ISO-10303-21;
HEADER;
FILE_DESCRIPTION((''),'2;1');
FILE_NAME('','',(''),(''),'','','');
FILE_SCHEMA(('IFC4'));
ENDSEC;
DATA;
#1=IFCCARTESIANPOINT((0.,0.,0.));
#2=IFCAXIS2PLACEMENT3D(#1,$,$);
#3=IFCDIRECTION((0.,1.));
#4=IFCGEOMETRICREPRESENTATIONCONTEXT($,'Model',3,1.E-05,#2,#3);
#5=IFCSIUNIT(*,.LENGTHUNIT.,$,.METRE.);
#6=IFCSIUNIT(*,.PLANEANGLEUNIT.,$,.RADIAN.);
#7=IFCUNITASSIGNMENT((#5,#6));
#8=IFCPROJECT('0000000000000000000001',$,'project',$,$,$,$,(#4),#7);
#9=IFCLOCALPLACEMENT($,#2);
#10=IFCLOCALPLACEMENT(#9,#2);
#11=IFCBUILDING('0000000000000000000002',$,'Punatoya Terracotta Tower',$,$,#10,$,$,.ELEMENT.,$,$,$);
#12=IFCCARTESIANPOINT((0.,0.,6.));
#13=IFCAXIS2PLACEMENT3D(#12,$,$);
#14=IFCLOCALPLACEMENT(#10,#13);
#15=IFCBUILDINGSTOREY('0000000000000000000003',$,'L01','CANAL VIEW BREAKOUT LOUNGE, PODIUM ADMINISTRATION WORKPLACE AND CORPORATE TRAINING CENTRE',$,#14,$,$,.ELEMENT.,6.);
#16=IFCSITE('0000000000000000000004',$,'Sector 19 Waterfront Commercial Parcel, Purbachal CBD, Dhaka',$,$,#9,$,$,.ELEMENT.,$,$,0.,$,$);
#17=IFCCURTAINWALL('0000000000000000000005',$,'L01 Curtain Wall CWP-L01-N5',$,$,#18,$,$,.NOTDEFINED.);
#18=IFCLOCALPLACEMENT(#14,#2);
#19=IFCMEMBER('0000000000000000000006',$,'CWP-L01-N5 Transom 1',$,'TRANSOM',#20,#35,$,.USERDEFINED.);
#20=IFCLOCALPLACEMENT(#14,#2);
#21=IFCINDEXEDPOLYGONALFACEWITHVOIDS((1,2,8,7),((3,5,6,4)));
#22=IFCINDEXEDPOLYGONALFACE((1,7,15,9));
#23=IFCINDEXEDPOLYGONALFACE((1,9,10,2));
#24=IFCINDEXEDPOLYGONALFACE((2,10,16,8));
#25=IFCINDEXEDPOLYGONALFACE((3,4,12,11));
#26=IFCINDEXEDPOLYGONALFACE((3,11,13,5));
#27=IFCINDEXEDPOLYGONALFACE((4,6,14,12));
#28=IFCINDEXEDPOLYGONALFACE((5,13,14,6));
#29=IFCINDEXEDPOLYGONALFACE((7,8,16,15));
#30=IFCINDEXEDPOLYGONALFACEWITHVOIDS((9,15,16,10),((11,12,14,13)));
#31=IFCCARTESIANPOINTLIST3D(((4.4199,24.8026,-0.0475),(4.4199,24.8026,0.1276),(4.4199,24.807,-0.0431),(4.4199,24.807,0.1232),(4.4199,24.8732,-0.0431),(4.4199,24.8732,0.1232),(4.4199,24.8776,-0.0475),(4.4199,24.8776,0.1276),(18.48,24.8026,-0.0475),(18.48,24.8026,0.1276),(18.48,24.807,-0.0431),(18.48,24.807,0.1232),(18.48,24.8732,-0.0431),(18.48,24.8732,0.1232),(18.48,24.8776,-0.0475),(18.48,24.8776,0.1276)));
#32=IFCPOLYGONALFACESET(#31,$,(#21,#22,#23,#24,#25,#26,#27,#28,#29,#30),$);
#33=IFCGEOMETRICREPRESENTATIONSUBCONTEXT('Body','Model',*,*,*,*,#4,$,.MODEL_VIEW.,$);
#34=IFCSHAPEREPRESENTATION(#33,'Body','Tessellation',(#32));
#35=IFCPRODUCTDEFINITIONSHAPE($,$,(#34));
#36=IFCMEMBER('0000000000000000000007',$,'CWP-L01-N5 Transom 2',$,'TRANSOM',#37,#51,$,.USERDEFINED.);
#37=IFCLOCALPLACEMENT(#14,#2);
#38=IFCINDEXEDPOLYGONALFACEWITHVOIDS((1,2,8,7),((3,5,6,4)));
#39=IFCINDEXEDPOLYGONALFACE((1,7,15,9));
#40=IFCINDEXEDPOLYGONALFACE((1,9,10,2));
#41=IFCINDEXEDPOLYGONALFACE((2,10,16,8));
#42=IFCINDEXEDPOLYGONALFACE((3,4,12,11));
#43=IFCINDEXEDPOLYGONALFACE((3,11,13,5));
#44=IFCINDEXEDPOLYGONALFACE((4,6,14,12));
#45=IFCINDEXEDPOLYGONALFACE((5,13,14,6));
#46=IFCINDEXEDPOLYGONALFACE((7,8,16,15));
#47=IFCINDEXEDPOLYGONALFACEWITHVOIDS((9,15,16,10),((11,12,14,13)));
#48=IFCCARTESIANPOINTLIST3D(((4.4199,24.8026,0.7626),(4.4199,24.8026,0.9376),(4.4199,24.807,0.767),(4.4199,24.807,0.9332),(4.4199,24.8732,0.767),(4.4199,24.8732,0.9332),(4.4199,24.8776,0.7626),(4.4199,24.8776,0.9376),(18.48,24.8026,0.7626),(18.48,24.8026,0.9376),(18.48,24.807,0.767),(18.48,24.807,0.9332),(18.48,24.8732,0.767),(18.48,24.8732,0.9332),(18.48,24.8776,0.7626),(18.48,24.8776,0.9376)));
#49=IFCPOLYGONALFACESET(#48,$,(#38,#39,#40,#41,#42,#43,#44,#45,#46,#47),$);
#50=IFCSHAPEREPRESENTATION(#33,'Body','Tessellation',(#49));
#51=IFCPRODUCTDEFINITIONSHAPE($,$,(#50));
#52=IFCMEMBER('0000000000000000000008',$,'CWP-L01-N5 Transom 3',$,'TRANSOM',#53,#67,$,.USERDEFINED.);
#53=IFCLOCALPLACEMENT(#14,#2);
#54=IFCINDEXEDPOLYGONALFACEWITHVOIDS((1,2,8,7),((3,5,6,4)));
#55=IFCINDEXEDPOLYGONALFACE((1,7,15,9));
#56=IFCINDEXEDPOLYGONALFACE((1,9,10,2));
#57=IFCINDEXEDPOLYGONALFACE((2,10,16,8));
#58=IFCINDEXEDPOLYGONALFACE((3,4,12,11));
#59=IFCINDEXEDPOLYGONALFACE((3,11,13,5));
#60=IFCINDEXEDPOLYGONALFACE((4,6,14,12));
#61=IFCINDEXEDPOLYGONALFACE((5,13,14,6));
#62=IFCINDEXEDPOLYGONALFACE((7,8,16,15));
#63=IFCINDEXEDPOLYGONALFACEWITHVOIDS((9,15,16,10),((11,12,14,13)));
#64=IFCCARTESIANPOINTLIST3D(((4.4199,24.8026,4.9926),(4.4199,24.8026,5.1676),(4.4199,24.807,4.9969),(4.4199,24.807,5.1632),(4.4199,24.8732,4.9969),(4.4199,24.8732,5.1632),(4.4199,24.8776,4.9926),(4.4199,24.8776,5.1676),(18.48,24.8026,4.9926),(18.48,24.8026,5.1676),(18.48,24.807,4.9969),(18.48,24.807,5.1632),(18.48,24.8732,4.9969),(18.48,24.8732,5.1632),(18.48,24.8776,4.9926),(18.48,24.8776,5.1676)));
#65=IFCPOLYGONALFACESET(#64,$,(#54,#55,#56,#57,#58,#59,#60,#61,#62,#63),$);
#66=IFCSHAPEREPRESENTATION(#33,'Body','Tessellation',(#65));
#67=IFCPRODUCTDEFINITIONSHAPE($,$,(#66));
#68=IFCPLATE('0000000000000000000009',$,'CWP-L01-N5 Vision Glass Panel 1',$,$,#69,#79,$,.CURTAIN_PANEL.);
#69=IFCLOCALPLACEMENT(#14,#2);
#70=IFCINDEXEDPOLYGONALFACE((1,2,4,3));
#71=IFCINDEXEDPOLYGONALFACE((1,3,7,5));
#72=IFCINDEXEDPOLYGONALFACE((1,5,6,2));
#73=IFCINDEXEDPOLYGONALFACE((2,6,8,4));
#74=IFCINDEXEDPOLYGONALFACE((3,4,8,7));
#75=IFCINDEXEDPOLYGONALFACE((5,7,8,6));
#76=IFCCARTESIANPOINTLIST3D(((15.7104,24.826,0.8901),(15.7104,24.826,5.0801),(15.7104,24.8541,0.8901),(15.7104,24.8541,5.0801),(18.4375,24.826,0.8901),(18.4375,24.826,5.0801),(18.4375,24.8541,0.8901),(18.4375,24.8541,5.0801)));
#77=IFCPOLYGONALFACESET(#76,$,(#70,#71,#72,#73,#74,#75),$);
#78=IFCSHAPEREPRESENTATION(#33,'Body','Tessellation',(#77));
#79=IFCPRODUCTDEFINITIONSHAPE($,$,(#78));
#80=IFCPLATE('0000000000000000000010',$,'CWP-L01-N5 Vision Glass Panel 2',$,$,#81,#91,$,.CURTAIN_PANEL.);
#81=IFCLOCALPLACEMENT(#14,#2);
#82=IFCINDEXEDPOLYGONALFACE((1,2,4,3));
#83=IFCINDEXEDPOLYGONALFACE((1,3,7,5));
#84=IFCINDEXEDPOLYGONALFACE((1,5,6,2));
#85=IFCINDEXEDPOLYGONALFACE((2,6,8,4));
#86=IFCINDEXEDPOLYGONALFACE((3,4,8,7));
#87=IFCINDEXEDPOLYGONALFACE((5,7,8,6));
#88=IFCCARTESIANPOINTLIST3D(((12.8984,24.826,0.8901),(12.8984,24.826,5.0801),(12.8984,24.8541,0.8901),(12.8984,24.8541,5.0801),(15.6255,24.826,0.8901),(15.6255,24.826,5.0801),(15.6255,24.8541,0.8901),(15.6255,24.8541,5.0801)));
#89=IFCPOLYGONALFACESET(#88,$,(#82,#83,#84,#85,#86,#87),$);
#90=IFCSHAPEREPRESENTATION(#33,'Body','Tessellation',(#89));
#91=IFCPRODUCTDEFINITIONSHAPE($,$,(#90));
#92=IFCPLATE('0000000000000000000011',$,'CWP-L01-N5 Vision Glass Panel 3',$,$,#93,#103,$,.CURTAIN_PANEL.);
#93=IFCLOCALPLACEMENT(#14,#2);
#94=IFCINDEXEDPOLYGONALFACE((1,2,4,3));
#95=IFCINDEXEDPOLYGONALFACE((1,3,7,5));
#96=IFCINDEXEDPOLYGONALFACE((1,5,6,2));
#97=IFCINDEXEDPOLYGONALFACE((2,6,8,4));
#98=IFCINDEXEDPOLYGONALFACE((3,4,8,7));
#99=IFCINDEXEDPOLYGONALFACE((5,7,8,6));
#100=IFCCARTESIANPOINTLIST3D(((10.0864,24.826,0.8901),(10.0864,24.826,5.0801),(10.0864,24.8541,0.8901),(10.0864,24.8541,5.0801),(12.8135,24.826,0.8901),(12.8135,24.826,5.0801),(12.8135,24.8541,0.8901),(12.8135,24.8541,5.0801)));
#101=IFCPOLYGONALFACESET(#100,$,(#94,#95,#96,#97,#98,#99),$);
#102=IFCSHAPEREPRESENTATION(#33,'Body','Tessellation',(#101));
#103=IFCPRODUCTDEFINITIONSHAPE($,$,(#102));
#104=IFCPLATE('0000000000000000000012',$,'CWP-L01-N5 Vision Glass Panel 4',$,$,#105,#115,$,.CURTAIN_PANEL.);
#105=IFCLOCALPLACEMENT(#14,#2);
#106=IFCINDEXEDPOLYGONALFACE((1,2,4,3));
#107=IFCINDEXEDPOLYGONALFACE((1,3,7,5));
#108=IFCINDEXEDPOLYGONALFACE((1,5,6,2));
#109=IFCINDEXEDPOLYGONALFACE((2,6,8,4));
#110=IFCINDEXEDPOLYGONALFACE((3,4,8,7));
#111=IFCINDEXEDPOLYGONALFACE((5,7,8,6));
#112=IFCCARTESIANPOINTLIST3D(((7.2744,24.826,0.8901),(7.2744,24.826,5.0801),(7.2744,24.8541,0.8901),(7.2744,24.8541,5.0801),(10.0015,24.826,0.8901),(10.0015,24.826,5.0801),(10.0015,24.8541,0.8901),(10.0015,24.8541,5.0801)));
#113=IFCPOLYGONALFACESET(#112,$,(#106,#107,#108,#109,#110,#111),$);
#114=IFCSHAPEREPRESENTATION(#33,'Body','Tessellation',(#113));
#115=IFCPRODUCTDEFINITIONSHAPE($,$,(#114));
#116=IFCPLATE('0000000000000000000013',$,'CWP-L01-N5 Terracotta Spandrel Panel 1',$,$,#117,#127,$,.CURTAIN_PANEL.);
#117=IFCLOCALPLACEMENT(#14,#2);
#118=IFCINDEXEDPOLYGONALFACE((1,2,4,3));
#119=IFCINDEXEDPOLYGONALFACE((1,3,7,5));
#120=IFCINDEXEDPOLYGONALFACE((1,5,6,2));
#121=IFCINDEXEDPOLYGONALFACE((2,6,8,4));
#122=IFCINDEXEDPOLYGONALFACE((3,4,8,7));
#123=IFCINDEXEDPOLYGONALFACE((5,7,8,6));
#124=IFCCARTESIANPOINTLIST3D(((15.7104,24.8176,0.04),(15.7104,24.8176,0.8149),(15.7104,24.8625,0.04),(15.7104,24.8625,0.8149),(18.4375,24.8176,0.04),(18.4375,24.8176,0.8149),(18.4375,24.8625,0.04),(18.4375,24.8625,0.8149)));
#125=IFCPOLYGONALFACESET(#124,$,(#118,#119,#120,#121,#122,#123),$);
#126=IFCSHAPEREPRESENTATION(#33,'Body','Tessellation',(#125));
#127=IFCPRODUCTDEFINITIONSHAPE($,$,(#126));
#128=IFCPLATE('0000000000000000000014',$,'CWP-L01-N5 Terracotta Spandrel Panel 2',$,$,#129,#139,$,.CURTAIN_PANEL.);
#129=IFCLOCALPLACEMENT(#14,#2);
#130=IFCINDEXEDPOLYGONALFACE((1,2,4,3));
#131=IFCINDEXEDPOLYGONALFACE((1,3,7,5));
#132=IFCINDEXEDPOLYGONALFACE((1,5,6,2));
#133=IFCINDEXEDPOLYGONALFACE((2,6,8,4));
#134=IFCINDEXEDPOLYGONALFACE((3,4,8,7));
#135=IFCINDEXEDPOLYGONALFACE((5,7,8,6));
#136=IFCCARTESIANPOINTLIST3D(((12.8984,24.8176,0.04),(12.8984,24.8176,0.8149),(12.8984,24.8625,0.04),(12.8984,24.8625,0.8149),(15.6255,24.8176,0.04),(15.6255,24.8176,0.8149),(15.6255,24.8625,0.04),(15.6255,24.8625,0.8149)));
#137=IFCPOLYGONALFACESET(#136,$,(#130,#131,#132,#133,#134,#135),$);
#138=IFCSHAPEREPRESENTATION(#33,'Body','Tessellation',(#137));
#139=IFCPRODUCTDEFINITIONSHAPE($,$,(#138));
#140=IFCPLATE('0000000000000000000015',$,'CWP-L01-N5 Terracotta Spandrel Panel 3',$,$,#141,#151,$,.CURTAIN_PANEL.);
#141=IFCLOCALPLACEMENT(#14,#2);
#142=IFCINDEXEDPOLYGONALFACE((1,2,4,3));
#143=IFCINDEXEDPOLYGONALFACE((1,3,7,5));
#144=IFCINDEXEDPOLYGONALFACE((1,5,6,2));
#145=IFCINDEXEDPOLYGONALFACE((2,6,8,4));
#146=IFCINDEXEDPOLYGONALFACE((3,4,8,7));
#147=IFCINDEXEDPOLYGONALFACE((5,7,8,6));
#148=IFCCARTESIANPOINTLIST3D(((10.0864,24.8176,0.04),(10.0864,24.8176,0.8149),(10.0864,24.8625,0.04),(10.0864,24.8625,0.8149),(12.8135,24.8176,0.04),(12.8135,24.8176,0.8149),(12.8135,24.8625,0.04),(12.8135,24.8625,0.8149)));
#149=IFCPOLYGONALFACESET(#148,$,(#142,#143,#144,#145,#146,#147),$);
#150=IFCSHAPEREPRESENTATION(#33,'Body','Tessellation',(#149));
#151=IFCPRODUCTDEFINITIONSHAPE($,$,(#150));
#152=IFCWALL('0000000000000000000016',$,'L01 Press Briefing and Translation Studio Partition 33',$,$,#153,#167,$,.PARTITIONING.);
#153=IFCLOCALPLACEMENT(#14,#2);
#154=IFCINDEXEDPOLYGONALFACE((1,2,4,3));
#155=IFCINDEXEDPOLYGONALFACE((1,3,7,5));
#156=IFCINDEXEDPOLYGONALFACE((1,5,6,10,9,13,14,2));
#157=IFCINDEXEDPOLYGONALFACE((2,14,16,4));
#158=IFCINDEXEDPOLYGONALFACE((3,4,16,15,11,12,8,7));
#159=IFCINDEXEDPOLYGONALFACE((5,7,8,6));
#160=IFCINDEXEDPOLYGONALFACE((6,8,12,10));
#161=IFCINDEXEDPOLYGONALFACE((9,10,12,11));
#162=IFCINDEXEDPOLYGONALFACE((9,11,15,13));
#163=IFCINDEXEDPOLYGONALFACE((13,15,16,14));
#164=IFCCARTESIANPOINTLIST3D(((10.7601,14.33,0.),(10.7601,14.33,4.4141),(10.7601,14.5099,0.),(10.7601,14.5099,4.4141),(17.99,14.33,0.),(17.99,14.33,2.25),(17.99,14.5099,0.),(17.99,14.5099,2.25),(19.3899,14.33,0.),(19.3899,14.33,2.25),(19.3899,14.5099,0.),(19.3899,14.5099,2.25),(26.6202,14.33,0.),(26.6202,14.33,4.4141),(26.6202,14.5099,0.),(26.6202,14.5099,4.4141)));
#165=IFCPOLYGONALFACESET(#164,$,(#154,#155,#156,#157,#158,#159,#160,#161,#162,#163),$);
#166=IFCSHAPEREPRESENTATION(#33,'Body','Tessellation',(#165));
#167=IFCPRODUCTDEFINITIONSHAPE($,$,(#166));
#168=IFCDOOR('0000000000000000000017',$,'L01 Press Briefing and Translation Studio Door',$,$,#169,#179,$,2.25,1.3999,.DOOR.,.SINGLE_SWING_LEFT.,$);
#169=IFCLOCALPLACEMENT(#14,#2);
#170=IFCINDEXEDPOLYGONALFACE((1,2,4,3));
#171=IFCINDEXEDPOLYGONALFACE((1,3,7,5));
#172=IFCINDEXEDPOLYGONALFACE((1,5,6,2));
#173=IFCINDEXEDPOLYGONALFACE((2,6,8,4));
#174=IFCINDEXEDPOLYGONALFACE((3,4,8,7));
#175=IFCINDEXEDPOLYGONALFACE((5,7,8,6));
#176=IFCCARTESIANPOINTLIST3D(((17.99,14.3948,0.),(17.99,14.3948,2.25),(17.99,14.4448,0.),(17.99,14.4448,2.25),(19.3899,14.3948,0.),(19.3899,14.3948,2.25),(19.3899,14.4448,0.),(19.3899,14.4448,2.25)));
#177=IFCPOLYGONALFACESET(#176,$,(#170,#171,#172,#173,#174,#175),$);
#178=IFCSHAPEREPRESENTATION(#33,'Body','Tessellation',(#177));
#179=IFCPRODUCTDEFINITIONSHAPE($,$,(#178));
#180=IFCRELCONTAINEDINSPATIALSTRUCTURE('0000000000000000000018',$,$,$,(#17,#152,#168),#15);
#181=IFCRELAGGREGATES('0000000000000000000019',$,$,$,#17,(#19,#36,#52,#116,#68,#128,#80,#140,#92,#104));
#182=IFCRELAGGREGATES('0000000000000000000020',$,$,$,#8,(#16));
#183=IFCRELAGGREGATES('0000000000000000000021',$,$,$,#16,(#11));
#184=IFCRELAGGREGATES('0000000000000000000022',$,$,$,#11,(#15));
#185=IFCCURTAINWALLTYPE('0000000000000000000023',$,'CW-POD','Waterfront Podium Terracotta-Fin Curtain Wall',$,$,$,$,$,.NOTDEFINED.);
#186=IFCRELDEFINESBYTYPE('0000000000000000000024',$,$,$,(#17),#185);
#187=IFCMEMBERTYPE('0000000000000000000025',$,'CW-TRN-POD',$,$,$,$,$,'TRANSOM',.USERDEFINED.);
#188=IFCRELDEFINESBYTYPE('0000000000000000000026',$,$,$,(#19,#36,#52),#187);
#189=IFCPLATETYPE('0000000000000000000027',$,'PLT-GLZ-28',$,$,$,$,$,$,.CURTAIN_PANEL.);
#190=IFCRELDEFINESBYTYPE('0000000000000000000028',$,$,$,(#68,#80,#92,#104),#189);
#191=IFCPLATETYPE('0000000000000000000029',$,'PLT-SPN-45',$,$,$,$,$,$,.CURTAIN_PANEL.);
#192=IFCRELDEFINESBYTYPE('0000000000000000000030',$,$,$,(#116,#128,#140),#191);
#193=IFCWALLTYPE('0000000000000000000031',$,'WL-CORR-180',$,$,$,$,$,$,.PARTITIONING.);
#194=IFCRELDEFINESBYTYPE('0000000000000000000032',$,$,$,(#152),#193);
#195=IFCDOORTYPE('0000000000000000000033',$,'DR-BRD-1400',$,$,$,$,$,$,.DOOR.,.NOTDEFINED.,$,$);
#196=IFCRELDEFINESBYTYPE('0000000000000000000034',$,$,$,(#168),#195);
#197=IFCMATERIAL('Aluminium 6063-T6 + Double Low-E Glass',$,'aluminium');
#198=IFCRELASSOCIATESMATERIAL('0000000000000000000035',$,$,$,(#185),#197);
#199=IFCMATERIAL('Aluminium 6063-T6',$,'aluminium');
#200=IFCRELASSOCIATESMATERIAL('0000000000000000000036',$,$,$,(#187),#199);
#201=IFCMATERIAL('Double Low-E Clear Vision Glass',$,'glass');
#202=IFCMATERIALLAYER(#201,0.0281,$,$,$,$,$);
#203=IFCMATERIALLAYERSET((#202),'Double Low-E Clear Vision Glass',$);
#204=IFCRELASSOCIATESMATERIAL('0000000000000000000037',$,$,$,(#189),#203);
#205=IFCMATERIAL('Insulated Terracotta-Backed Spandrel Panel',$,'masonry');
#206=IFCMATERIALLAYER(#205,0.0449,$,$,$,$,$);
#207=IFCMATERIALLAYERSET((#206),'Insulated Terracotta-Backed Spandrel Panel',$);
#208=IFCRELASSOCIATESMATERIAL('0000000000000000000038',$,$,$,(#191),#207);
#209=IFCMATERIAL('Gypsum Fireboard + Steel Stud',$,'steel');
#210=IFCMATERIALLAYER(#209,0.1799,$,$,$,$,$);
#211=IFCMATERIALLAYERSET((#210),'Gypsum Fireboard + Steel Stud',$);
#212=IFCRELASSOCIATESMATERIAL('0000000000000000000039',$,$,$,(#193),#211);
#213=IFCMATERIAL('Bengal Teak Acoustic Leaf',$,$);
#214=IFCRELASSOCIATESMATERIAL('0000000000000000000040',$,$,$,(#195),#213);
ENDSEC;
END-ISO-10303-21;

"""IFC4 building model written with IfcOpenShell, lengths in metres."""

from ifc_helpers import new_model, si_unit, direction, frame, frame_2d, origin, origin_2d, place, context, subcontext, project, spatial, rectangle, hollow_rectangle, extrude, material, layer, layer_set, material_profile, profile_set, type_object, element, fill, aggregate, save


model = new_model("IFC4")

# Units and contexts
model_context = context("Model", 3, precision=1e-05, world=origin(), true_north=direction((0.0, 1.0)))
body_context = subcontext(model_context, "Body", "Model", "MODEL_VIEW")
ifc_project = project(units=[si_unit("LENGTHUNIT", "METRE"), si_unit("PLANEANGLEUNIT", "RADIAN")], contexts=[model_context])

# Site, building, storey
site_placement = place(None, origin())
site = spatial("IfcSite", under=ifc_project, at=site_placement, Name="Sector 19 Waterfront Commercial Parcel, Purbachal CBD, Dhaka", CompositionType="ELEMENT", RefElevation=0.0)
building_placement = place(site_placement, origin())
building = spatial("IfcBuilding", under=site, at=building_placement, Name="Punatoya Terracotta Tower", CompositionType="ELEMENT")
storey_placement = place(building_placement, frame((0.0, 0.0, 6.0)))
storey = spatial("IfcBuildingStorey", under=building, at=storey_placement, Name="L01", Description="CANAL VIEW BREAKOUT LOUNGE, PODIUM ADMINISTRATION WORKPLACE AND CORPORATE TRAINING CENTRE", CompositionType="ELEMENT", Elevation=6.0)

# Curtain wall, members, plates
ifc_material_1 = material(Name="Aluminium 6063-T6 + Double Low-E Glass", Category="aluminium")
curtain_wall_type = type_object("IfcCurtainWallType", Name="CW-POD", Description="Waterfront Podium Terracotta-Fin Curtain Wall", PredefinedType="NOTDEFINED", material=ifc_material_1)
curtain_wall_placement = place(storey_placement, origin())
curtain_wall = element("IfcCurtainWall", 1, at=curtain_wall_placement, inside=storey, type_object=curtain_wall_type, Name="L01 Curtain Wall CWP-L01-N5", PredefinedType="NOTDEFINED")
ifc_material_2 = material(Name="Aluminium 6063-T6", Category="aluminium")
ifc_material_profile_1 = material_profile(ifc_material_2, hollow_rectangle(XDim=0.075, YDim=0.175, WallThickness=0.0044, at=origin_2d()))
ifc_profile_set_1 = profile_set([ifc_material_profile_1], Name="Aluminium 6063-T6")
member_type_1 = type_object("IfcMemberType", Name="CW-TRN-POD", ElementType="TRANSOM", PredefinedType="USERDEFINED", material=ifc_profile_set_1)
member_1_placement = place(storey_placement, frame((18.48, 24.8401, 0.04), z_axis=(-1.0, 0.0, 0.0), x_axis=(0.0, -1.0, 0.0)))
member_1 = element("IfcMember", 2, at=member_1_placement, type_object=member_type_1, Name="CWP-L01-N5 Transom 1", ObjectType="TRANSOM", PredefinedType="USERDEFINED", context=body_context, shape_type="SweptSolid", body=[
    extrude(hollow_rectangle(XDim=0.075, YDim=0.175, WallThickness=0.0044, at=origin_2d()), origin(), (0.0, 0.0, 1.0), 14.0601),
])
member_2_placement = place(storey_placement, frame((18.48, 24.8401, 0.8501), z_axis=(-1.0, 0.0, 0.0), x_axis=(0.0, -1.0, 0.0)))
member_2 = element("IfcMember", 3, at=member_2_placement, type_object=member_type_1, Name="CWP-L01-N5 Transom 2", ObjectType="TRANSOM", PredefinedType="USERDEFINED", context=body_context, shape_type="SweptSolid", body=[
    extrude(hollow_rectangle(XDim=0.075, YDim=0.175, WallThickness=0.0044, at=origin_2d()), origin(), (0.0, 0.0, 1.0), 14.0601),
])
member_3_placement = place(storey_placement, frame((18.48, 24.8401, 5.0801), z_axis=(-1.0, 0.0, 0.0), x_axis=(0.0, -1.0, 0.0)))
member_3 = element("IfcMember", 4, at=member_3_placement, type_object=member_type_1, Name="CWP-L01-N5 Transom 3", ObjectType="TRANSOM", PredefinedType="USERDEFINED", context=body_context, shape_type="SweptSolid", body=[
    extrude(hollow_rectangle(XDim=0.075, YDim=0.175, WallThickness=0.0044, at=origin_2d()), origin(), (0.0, 0.0, 1.0), 14.0601),
])
ifc_material_3 = material(Name="Double Low-E Clear Vision Glass", Category="glass")
ifc_layer_1 = layer(ifc_material_3, 0.0281)
ifc_layer_set_1 = layer_set([ifc_layer_1], Name="Double Low-E Clear Vision Glass")
plate_type_1 = type_object("IfcPlateType", Name="PLT-GLZ-28", PredefinedType="CURTAIN_PANEL", material=ifc_layer_set_1)
plate_1_placement = place(storey_placement, frame((17.074, 24.8401, 0.8901), z_axis=(0.0, 0.0, 1.0), x_axis=(-1.0, 0.0, 0.0)))
plate_1 = element("IfcPlate", 5, at=plate_1_placement, type_object=plate_type_1, Name="CWP-L01-N5 Vision Glass Panel 1", PredefinedType="CURTAIN_PANEL", context=body_context, shape_type="SweptSolid", body=[
    extrude(rectangle(XDim=2.7271, YDim=0.0281, at=origin_2d()), origin(), (0.0, 0.0, 1.0), 4.1899),
])
plate_2_placement = place(storey_placement, frame((14.262, 24.8401, 0.8901), z_axis=(0.0, 0.0, 1.0), x_axis=(-1.0, 0.0, 0.0)))
plate_2 = element("IfcPlate", 6, at=plate_2_placement, type_object=plate_type_1, Name="CWP-L01-N5 Vision Glass Panel 2", PredefinedType="CURTAIN_PANEL", context=body_context, shape_type="SweptSolid", body=[
    extrude(rectangle(XDim=2.7271, YDim=0.0281, at=origin_2d()), origin(), (0.0, 0.0, 1.0), 4.1899),
])
plate_3_placement = place(storey_placement, frame((11.45, 24.8401, 0.8901), z_axis=(0.0, 0.0, 1.0), x_axis=(-1.0, 0.0, 0.0)))
plate_3 = element("IfcPlate", 7, at=plate_3_placement, type_object=plate_type_1, Name="CWP-L01-N5 Vision Glass Panel 3", PredefinedType="CURTAIN_PANEL", context=body_context, shape_type="SweptSolid", body=[
    extrude(rectangle(XDim=2.7271, YDim=0.0281, at=origin_2d()), origin(), (0.0, 0.0, 1.0), 4.1899),
])
plate_4_placement = place(storey_placement, frame((8.6379, 24.8401, 0.8901), z_axis=(0.0, 0.0, 1.0), x_axis=(-1.0, 0.0, 0.0)))
plate_4 = element("IfcPlate", 8, at=plate_4_placement, type_object=plate_type_1, Name="CWP-L01-N5 Vision Glass Panel 4", PredefinedType="CURTAIN_PANEL", context=body_context, shape_type="SweptSolid", body=[
    extrude(rectangle(XDim=2.7271, YDim=0.0281, at=origin_2d()), origin(), (0.0, 0.0, 1.0), 4.1899),
])
ifc_material_4 = material(Name="Insulated Terracotta-Backed Spandrel Panel", Category="masonry")
ifc_layer_2 = layer(ifc_material_4, 0.0449)
ifc_layer_set_2 = layer_set([ifc_layer_2], Name="Insulated Terracotta-Backed Spandrel Panel")
plate_type_2 = type_object("IfcPlateType", Name="PLT-SPN-45", PredefinedType="CURTAIN_PANEL", material=ifc_layer_set_2)
plate_5_placement = place(storey_placement, frame((17.074, 24.8401, 0.04), z_axis=(0.0, 0.0, 1.0), x_axis=(-1.0, 0.0, 0.0)))
plate_5 = element("IfcPlate", 9, at=plate_5_placement, type_object=plate_type_2, Name="CWP-L01-N5 Terracotta Spandrel Panel 1", PredefinedType="CURTAIN_PANEL", context=body_context, shape_type="SweptSolid", body=[
    extrude(rectangle(XDim=2.7271, YDim=0.0449, at=origin_2d()), origin(), (0.0, 0.0, 1.0), 0.7749),
])
plate_6_placement = place(storey_placement, frame((14.262, 24.8401, 0.04), z_axis=(0.0, 0.0, 1.0), x_axis=(-1.0, 0.0, 0.0)))
plate_6 = element("IfcPlate", 10, at=plate_6_placement, type_object=plate_type_2, Name="CWP-L01-N5 Terracotta Spandrel Panel 2", PredefinedType="CURTAIN_PANEL", context=body_context, shape_type="SweptSolid", body=[
    extrude(rectangle(XDim=2.7271, YDim=0.0449, at=origin_2d()), origin(), (0.0, 0.0, 1.0), 0.7749),
])
plate_7_placement = place(storey_placement, frame((11.45, 24.8401, 0.04), z_axis=(0.0, 0.0, 1.0), x_axis=(-1.0, 0.0, 0.0)))
plate_7 = element("IfcPlate", 11, at=plate_7_placement, type_object=plate_type_2, Name="CWP-L01-N5 Terracotta Spandrel Panel 3", PredefinedType="CURTAIN_PANEL", context=body_context, shape_type="SweptSolid", body=[
    extrude(rectangle(XDim=2.7271, YDim=0.0449, at=origin_2d()), origin(), (0.0, 0.0, 1.0), 0.7749),
])
aggregate(curtain_wall, [member_1, member_2, member_3, plate_5, plate_1, plate_6, plate_2, plate_7, plate_3, plate_4])

# Wall, opening, door
ifc_material_5 = material(Name="Gypsum Fireboard + Steel Stud", Category="steel")
ifc_layer_3 = layer(ifc_material_5, 0.1799)
ifc_layer_set_3 = layer_set([ifc_layer_3], Name="Gypsum Fireboard + Steel Stud")
wall_type_1 = type_object("IfcWallType", Name="WL-CORR-180", PredefinedType="PARTITIONING", material=ifc_layer_set_3)
wall_1_placement = place(storey_placement, frame((10.76, 14.4199, 0.0), z_axis=(0.0, 0.0, 1.0), x_axis=(1.0, 0.0, 0.0)))
wall_1 = element("IfcWall", 12, at=wall_1_placement, inside=storey, type_object=wall_type_1, Name="L01 Press Briefing and Translation Studio Partition 33", PredefinedType="PARTITIONING", context=body_context, shape_type="SweptSolid", body=[
    extrude(rectangle(XDim=15.8601, YDim=0.1799, at=frame_2d((7.9302, 0.0))), origin(), (0.0, 0.0, 1.0), 4.4141),
])
opening_placement = place(wall_1_placement, frame((7.23, 0.0, 0.0)))
opening = element("IfcOpeningElement", 13, at=opening_placement, cuts=wall_1, PredefinedType="OPENING", context=body_context, shape_type="SweptSolid", body=[
    extrude(rectangle(XDim=1.3999, YDim=2.25, at=frame_2d((0.7, 1.125))), frame((0.0, 0.0999, 0.0), z_axis=(0.0, -1.0, 0.0), x_axis=(1.0, 0.0, 0.0)), (0.0, 0.0, 1.0), 0.2),
])
ifc_material_6 = material(Name="Bengal Teak Acoustic Leaf")
door_type = type_object("IfcDoorType", Name="DR-BRD-1400", OperationType="NOTDEFINED", PredefinedType="DOOR", material=ifc_material_6)
door_placement = place(opening_placement, origin())
door = element("IfcDoor", 14, at=door_placement, inside=storey, type_object=door_type, Name="L01 Press Briefing and Translation Studio Door", OperationType="SINGLE_SWING_LEFT", OverallHeight=2.25, OverallWidth=1.3999, PredefinedType="DOOR", context=body_context, shape_type="SweptSolid", body=[
    extrude(rectangle(XDim=1.3999, YDim=2.25, at=frame_2d((0.7, 1.125))), frame((0.0, 0.0249, 0.0), z_axis=(0.0, -1.0, 0.0), x_axis=(1.0, 0.0, 0.0)), (0.0, 0.0, 1.0), 0.05),
])
fill(opening, door)

save(model, "model.ifc")
